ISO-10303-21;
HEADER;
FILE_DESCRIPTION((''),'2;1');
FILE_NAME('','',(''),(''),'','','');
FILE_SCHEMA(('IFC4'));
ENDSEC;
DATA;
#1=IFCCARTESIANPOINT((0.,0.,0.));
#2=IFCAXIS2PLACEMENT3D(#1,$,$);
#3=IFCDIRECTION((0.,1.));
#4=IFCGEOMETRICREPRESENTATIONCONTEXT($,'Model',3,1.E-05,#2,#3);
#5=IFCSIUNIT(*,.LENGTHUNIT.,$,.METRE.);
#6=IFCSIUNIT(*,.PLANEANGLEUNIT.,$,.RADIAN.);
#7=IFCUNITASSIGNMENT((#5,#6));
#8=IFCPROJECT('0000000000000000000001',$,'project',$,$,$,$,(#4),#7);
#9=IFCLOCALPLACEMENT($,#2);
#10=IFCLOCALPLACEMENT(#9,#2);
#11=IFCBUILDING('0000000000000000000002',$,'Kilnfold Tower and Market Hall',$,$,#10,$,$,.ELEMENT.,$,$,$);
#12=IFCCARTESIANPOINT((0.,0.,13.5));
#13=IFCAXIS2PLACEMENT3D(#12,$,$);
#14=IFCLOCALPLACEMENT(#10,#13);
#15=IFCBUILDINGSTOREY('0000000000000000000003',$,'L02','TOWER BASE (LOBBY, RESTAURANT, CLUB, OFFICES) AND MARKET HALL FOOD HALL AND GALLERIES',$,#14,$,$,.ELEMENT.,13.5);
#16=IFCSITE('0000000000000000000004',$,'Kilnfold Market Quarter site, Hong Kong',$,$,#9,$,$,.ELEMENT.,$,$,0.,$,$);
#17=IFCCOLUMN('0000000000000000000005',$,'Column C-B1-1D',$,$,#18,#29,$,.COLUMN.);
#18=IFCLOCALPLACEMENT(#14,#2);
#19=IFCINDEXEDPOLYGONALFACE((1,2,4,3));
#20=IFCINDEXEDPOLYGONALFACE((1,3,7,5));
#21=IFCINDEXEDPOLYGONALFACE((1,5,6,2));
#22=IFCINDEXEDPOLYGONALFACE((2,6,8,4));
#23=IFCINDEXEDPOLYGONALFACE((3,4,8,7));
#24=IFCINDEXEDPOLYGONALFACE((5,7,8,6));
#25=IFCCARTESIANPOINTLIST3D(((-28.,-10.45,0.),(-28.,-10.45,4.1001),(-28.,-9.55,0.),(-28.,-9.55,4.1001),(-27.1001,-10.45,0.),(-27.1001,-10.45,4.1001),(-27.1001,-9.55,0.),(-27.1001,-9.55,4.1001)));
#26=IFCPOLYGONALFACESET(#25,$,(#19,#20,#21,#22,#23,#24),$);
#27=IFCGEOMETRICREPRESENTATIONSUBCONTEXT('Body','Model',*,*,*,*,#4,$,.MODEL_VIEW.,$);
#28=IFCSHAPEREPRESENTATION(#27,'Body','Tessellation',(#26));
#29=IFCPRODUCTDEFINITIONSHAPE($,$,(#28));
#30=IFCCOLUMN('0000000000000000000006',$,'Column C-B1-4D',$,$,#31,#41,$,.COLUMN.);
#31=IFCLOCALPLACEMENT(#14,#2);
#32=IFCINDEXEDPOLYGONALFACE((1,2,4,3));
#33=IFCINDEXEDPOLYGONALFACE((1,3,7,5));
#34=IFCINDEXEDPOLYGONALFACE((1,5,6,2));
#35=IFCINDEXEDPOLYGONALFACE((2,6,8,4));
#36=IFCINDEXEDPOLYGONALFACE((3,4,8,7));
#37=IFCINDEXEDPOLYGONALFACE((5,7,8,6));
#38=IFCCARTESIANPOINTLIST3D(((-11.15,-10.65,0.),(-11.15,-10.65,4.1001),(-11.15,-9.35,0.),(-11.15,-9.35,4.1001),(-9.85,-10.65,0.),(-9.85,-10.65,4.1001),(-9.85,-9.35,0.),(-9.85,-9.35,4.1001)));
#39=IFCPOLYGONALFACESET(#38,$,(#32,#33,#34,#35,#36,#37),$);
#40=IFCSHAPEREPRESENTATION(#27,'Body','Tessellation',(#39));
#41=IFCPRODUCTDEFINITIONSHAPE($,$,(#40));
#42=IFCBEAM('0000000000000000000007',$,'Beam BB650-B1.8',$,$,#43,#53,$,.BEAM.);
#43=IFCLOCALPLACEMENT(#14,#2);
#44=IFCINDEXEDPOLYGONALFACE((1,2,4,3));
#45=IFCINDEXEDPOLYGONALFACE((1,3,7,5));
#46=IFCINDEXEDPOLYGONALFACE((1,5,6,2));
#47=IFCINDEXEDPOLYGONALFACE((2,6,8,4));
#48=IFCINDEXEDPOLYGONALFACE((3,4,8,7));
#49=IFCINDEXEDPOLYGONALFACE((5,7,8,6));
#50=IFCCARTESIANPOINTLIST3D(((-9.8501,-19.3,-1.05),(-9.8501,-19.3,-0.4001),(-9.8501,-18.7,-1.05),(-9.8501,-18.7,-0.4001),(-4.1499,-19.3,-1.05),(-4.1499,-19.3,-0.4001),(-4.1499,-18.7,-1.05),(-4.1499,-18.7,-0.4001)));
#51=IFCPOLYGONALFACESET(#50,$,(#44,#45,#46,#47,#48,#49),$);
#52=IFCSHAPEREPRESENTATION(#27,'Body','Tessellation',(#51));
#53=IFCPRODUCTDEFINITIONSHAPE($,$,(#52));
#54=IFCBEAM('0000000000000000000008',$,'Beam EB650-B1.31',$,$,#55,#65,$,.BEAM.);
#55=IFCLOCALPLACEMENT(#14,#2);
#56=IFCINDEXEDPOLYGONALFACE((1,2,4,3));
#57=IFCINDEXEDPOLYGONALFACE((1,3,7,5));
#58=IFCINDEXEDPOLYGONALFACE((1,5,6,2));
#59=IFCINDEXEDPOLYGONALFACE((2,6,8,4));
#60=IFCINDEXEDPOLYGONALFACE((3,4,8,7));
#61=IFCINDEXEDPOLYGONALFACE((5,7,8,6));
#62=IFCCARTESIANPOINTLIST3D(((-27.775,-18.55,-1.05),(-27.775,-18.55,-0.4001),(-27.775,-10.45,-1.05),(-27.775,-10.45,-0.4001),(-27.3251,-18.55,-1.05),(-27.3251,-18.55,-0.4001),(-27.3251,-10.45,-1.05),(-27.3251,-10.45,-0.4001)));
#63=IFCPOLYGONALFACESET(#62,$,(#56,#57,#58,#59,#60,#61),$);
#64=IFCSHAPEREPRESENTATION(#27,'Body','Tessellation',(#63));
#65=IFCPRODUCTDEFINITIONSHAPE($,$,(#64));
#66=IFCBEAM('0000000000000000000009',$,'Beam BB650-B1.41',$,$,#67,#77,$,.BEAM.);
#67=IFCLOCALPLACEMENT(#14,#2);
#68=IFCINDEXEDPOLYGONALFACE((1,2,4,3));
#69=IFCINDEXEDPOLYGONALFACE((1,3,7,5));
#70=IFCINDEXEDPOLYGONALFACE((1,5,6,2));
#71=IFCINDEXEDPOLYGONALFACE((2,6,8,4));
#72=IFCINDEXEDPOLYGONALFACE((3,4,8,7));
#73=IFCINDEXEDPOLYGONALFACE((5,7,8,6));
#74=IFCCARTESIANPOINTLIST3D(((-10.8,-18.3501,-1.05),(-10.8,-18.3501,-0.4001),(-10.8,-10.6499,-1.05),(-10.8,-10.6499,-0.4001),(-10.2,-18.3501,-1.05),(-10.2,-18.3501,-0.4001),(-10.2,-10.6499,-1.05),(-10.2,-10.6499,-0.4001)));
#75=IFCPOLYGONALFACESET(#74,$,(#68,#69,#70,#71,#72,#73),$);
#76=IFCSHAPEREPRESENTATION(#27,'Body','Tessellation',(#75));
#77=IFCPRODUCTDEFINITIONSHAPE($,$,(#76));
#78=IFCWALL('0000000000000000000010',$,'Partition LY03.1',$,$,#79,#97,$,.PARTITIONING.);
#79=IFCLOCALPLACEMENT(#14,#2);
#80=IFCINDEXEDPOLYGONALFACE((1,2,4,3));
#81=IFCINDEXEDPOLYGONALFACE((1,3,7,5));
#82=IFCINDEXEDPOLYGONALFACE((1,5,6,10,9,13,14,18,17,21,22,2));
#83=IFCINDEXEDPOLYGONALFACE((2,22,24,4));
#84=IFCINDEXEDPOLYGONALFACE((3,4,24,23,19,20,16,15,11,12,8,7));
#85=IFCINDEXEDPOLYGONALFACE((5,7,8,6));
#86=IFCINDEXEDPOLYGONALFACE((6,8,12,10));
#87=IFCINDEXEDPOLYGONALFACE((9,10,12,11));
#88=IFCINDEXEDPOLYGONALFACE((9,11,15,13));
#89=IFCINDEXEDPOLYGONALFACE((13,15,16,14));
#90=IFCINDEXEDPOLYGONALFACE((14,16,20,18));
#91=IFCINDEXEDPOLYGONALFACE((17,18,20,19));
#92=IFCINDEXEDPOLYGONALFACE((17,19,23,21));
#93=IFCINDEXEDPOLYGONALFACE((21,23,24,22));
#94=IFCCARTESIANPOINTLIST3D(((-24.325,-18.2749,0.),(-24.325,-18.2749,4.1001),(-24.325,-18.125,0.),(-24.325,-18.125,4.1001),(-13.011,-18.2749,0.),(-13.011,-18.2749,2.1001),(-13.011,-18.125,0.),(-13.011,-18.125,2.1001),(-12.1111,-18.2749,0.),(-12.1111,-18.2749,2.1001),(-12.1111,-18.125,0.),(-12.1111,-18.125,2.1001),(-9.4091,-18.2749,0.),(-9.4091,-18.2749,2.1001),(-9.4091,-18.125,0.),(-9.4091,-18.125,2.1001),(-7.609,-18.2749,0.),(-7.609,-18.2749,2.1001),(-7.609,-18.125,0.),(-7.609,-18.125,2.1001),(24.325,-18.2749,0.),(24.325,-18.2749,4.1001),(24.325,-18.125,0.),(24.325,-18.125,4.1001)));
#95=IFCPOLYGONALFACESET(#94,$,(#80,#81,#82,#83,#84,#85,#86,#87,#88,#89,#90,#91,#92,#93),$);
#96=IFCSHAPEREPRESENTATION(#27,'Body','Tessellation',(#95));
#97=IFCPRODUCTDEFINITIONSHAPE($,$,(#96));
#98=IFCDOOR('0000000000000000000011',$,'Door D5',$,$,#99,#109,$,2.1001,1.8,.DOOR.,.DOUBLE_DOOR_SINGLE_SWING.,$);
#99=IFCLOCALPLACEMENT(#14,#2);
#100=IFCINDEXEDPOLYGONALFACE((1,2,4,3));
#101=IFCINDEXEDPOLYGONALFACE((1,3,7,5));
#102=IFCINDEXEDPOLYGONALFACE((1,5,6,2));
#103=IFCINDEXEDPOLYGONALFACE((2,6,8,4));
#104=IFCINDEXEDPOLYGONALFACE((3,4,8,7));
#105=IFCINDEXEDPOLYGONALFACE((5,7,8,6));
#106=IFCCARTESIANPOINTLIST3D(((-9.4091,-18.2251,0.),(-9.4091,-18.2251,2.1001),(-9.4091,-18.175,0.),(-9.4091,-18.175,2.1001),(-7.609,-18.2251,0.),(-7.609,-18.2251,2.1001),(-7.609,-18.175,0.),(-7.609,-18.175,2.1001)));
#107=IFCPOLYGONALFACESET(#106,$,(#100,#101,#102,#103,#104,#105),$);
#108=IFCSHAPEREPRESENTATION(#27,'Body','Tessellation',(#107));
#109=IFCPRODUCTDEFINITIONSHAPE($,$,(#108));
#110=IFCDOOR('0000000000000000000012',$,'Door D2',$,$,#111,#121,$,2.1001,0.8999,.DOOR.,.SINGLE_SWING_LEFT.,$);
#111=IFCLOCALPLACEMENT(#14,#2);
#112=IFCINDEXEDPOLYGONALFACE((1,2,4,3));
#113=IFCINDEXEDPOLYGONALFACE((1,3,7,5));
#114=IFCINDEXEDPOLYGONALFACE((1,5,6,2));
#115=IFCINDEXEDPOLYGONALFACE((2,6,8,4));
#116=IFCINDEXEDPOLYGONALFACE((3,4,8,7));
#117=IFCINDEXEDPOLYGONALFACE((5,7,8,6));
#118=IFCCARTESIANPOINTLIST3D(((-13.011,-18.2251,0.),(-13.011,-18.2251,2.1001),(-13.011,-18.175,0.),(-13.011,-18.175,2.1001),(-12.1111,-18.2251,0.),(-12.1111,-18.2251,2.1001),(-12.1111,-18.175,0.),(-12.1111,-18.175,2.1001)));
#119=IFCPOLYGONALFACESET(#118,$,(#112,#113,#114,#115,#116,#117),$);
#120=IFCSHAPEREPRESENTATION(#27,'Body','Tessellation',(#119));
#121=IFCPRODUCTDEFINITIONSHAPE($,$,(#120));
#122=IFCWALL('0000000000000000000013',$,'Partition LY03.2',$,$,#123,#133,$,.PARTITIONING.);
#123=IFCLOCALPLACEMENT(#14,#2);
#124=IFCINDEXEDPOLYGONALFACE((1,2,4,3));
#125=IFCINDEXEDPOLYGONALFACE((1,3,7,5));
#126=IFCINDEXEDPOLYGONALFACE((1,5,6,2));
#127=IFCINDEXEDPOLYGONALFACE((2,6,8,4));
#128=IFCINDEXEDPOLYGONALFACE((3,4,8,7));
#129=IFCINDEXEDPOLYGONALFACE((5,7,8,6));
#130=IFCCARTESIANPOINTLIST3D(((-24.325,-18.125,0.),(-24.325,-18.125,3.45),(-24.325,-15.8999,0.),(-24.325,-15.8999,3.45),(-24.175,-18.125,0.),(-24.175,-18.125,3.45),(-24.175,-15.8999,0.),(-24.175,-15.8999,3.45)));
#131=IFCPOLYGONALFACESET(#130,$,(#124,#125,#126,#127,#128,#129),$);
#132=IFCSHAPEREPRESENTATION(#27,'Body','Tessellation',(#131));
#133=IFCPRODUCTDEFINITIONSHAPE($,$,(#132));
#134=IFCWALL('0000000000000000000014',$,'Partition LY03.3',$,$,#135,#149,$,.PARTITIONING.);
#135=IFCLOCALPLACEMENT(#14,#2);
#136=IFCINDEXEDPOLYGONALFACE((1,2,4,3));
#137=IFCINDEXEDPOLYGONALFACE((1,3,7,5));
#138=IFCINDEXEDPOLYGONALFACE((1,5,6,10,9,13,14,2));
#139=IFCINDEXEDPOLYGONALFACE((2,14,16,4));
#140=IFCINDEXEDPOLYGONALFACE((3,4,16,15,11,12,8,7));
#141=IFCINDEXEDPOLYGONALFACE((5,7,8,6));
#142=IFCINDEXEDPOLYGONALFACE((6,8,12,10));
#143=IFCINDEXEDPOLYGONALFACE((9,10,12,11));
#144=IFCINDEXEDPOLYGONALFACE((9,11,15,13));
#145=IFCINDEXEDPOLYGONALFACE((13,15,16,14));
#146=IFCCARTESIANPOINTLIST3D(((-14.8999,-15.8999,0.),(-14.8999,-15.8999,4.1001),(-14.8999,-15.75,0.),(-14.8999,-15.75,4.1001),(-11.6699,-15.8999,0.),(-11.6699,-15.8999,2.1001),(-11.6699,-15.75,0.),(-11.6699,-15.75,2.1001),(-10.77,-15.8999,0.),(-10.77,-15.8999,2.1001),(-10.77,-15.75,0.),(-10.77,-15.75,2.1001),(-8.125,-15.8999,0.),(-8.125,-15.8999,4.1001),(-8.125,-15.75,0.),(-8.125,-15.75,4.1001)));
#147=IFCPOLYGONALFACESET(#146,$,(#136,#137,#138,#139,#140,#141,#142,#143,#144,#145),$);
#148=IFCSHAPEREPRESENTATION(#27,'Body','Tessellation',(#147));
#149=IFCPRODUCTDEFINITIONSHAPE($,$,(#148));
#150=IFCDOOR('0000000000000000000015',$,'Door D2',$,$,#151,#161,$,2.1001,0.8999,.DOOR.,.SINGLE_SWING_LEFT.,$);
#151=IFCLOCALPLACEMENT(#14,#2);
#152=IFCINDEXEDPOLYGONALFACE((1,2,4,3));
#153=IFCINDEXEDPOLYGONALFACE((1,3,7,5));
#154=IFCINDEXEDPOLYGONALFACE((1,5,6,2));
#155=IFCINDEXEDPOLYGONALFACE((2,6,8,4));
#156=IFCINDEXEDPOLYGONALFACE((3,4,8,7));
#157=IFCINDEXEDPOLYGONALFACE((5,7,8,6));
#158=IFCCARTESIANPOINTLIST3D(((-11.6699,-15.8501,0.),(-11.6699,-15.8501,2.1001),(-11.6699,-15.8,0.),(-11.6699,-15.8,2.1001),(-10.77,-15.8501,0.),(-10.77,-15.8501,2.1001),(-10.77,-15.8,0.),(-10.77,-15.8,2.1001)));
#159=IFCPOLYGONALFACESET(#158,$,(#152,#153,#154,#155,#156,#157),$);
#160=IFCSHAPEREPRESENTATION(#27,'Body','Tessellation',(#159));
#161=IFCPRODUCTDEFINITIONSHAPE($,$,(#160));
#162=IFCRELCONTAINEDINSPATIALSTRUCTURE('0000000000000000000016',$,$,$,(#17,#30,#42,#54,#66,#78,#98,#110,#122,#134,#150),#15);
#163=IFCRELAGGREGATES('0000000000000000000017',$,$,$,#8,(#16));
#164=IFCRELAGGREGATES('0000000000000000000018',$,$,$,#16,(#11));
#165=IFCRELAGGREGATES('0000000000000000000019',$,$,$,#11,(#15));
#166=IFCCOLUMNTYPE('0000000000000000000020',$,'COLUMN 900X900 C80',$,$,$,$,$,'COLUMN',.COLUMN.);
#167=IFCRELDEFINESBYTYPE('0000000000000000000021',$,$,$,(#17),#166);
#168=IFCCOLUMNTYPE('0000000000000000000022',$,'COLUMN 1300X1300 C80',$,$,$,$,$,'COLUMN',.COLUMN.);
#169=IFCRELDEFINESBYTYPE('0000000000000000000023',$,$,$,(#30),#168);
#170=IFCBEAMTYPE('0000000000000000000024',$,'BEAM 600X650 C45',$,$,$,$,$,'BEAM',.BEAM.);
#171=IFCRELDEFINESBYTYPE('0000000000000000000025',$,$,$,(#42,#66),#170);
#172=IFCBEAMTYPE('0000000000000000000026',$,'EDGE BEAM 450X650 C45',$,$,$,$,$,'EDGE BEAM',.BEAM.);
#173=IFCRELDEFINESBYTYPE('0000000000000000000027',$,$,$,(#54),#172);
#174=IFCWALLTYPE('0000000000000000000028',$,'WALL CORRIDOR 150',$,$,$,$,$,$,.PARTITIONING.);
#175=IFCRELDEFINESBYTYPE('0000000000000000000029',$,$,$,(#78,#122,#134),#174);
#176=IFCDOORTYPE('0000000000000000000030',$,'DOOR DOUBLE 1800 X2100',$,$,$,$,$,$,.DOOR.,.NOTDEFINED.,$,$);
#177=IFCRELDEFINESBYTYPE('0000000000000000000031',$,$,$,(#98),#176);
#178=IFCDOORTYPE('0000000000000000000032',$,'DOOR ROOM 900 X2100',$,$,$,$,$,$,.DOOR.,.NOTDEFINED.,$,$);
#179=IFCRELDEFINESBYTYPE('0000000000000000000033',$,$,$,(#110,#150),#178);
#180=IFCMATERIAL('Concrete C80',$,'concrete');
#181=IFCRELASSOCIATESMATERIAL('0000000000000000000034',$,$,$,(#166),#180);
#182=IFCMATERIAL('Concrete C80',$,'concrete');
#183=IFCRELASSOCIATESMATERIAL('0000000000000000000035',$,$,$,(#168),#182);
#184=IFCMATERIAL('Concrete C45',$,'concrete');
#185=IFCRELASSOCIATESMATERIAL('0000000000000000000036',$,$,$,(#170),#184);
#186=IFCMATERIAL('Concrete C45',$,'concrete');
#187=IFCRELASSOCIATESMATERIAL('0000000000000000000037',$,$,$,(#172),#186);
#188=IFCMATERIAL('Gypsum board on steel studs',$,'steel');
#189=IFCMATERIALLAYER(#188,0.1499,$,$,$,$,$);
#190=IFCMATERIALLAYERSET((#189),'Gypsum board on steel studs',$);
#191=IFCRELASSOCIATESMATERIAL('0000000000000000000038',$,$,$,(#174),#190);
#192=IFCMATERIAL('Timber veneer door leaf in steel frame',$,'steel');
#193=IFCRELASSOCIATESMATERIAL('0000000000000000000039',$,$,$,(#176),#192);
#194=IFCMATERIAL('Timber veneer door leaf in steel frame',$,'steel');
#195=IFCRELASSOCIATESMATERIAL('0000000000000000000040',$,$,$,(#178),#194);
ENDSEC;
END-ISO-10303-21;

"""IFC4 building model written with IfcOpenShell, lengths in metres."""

from ifc_helpers import new_model, si_unit, direction, frame, frame_2d, origin, origin_2d, place, context, subcontext, project, spatial, rectangle, extrude, source, transform, mapped, material, layer, layer_set, material_profile, profile_set, type_object, element, fill, save


model = new_model("IFC4")

# Units and contexts
model_context = context("Model", 3, precision=1e-05, world=origin(), true_north=direction((0.0, 1.0)))
body_context = subcontext(model_context, "Body", "Model", "MODEL_VIEW")
ifc_project = project(units=[si_unit("LENGTHUNIT", "METRE"), si_unit("PLANEANGLEUNIT", "RADIAN")], contexts=[model_context])

# Site, building, storey
site_placement = place(None, origin())
site = spatial("IfcSite", under=ifc_project, at=site_placement, Name="Kilnfold Market Quarter site, Hong Kong", CompositionType="ELEMENT", RefElevation=0.0)
building_placement = place(site_placement, origin())
building = spatial("IfcBuilding", under=site, at=building_placement, Name="Kilnfold Tower and Market Hall", CompositionType="ELEMENT")
storey_placement = place(building_placement, frame((0.0, 0.0, 13.5)))
storey = spatial("IfcBuildingStorey", under=building, at=storey_placement, Name="L02", Description="TOWER BASE (LOBBY, RESTAURANT, CLUB, OFFICES) AND MARKET HALL FOOD HALL AND GALLERIES", CompositionType="ELEMENT", Elevation=13.5)

# Columns
ifc_material_1 = material(Name="Concrete C80", Category="concrete")
ifc_material_profile_1 = material_profile(ifc_material_1, rectangle(XDim=0.8999, YDim=0.8999, at=origin_2d()), Name="RC 900x900")
ifc_profile_set_1 = profile_set([ifc_material_profile_1], Name="Concrete C80")
column_type_1 = type_object("IfcColumnType", Name="COLUMN 900X900 C80", ElementType="COLUMN", PredefinedType="COLUMN", material=ifc_profile_set_1)
shared_shape_1 = source(origin(), body_context, "Body", "SweptSolid", [
    extrude(rectangle(XDim=0.8999, YDim=0.8999, at=origin_2d()), origin(), (0.0, 0.0, 1.0), 4.1001),
])
column_1_placement = place(storey_placement, frame((-27.55, -10.0, 0.0), z_axis=(0.0, 0.0, 1.0), x_axis=(1.0, 0.0, 0.0)))
element("IfcColumn", 1, at=column_1_placement, inside=storey, type_object=column_type_1, Name="Column C-B1-1D", PredefinedType="COLUMN", context=body_context, shape_type="MappedRepresentation", body=[
    mapped(shared_shape_1, transform((0.0, 0.0, 0.0))),
])
ifc_material_2 = material(Name="Concrete C80", Category="concrete")
ifc_material_profile_2 = material_profile(ifc_material_2, rectangle(XDim=1.3, YDim=1.3, at=origin_2d()), Name="RC 1300x1300")
ifc_profile_set_2 = profile_set([ifc_material_profile_2], Name="Concrete C80")
column_type_2 = type_object("IfcColumnType", Name="COLUMN 1300X1300 C80", ElementType="COLUMN", PredefinedType="COLUMN", material=ifc_profile_set_2)
shared_shape_2 = source(origin(), body_context, "Body", "SweptSolid", [
    extrude(rectangle(XDim=1.3, YDim=1.3, at=origin_2d()), origin(), (0.0, 0.0, 1.0), 4.1001),
])
column_2_placement = place(storey_placement, frame((-10.5, -10.0, 0.0), z_axis=(0.0, 0.0, 1.0), x_axis=(1.0, 0.0, 0.0)))
element("IfcColumn", 2, at=column_2_placement, inside=storey, type_object=column_type_2, Name="Column C-B1-4D", PredefinedType="COLUMN", context=body_context, shape_type="MappedRepresentation", body=[
    mapped(shared_shape_2, transform((0.0, 0.0, 0.0))),
])

# Beams
ifc_material_3 = material(Name="Concrete C45", Category="concrete")
ifc_material_profile_3 = material_profile(ifc_material_3, rectangle(XDim=0.6001, YDim=0.6499, at=origin_2d()), Name="RC 600x650")
ifc_profile_set_3 = profile_set([ifc_material_profile_3], Name="Concrete C45")
beam_type_1 = type_object("IfcBeamType", Name="BEAM 600X650 C45", ElementType="BEAM", PredefinedType="BEAM", material=ifc_profile_set_3)
shared_shape_3 = source(origin(), body_context, "Body", "SweptSolid", [
    extrude(rectangle(XDim=0.6001, YDim=0.6499, at=origin_2d()), origin(), (0.0, 0.0, 1.0), 5.7002),
])
beam_1_placement = place(storey_placement, frame((-9.8501, -19.0, -0.7251), z_axis=(1.0, 0.0, 0.0), x_axis=(0.0, 1.0, 0.0)))
element("IfcBeam", 3, at=beam_1_placement, inside=storey, type_object=beam_type_1, Name="Beam BB650-B1.8", PredefinedType="BEAM", context=body_context, shape_type="MappedRepresentation", body=[
    mapped(shared_shape_3, transform((0.0, 0.0, 0.0))),
])
ifc_material_4 = material(Name="Concrete C45", Category="concrete")
ifc_material_profile_4 = material_profile(ifc_material_4, rectangle(XDim=0.45, YDim=0.6499, at=origin_2d()), Name="RC 450x650")
ifc_profile_set_4 = profile_set([ifc_material_profile_4], Name="Concrete C45")
beam_type_2 = type_object("IfcBeamType", Name="EDGE BEAM 450X650 C45", ElementType="EDGE BEAM", PredefinedType="BEAM", material=ifc_profile_set_4)
shared_shape_4 = source(origin(), body_context, "Body", "SweptSolid", [
    extrude(rectangle(XDim=0.45, YDim=0.6499, at=origin_2d()), origin(), (0.0, 0.0, 1.0), 8.1001),
])
beam_2_placement = place(storey_placement, frame((-27.55, -18.55, -0.7251), z_axis=(0.0, 1.0, 0.0), x_axis=(-1.0, 0.0, 0.0)))
element("IfcBeam", 4, at=beam_2_placement, inside=storey, type_object=beam_type_2, Name="Beam EB650-B1.31", PredefinedType="BEAM", context=body_context, shape_type="MappedRepresentation", body=[
    mapped(shared_shape_4, transform((0.0, 0.0, 0.0))),
])
shared_shape_5 = source(origin(), body_context, "Body", "SweptSolid", [
    extrude(rectangle(XDim=0.6001, YDim=0.6499, at=origin_2d()), origin(), (0.0, 0.0, 1.0), 7.7002),
])
beam_3_placement = place(storey_placement, frame((-10.5, -18.3501, -0.7251), z_axis=(0.0, 1.0, 0.0), x_axis=(-1.0, 0.0, 0.0)))
element("IfcBeam", 5, at=beam_3_placement, inside=storey, type_object=beam_type_1, Name="Beam BB650-B1.41", PredefinedType="BEAM", context=body_context, shape_type="MappedRepresentation", body=[
    mapped(shared_shape_5, transform((0.0, 0.0, 0.0))),
])

# Wall, openings, doors
ifc_material_5 = material(Name="Gypsum board on steel studs", Category="steel")
ifc_layer_1 = layer(ifc_material_5, 0.1499)
ifc_layer_set_1 = layer_set([ifc_layer_1], Name="Gypsum board on steel studs")
wall_type_1 = type_object("IfcWallType", Name="WALL CORRIDOR 150", PredefinedType="PARTITIONING", material=ifc_layer_set_1)
wall_1_placement = place(storey_placement, frame((-24.325, -18.2, 0.0), z_axis=(0.0, 0.0, 1.0), x_axis=(1.0, 0.0, 0.0)))
wall_1 = element("IfcWall", 6, at=wall_1_placement, inside=storey, type_object=wall_type_1, Name="Partition LY03.1", PredefinedType="PARTITIONING", context=body_context, shape_type="SweptSolid", body=[
    extrude(rectangle(XDim=48.6499, YDim=0.1499, at=frame_2d((24.325, 0.0))), origin(), (0.0, 0.0, 1.0), 4.1001),
])
opening_1_placement = place(wall_1_placement, frame((11.314, 0.0, 0.0)))
opening_1 = element("IfcOpeningElement", 7, at=opening_1_placement, cuts=wall_1, PredefinedType="OPENING", context=body_context, shape_type="SweptSolid", body=[
    extrude(rectangle(XDim=0.8999, YDim=2.1001, at=frame_2d((0.45, 1.05))), frame((0.0, 0.085, 0.0), z_axis=(0.0, -1.0, 0.0), x_axis=(1.0, 0.0, 0.0)), (0.0, 0.0, 1.0), 0.1699),
])
opening_2_placement = place(wall_1_placement, frame((14.916, 0.0, 0.0)))
opening_2 = element("IfcOpeningElement", 8, at=opening_2_placement, cuts=wall_1, PredefinedType="OPENING", context=body_context, shape_type="SweptSolid", body=[
    extrude(rectangle(XDim=1.8, YDim=2.1001, at=frame_2d((0.8999, 1.05))), frame((0.0, 0.085, 0.0), z_axis=(0.0, -1.0, 0.0), x_axis=(1.0, 0.0, 0.0)), (0.0, 0.0, 1.0), 0.1699),
])
ifc_material_6 = material(Name="Timber veneer door leaf in steel frame", Category="steel")
door_type_1 = type_object("IfcDoorType", Name="DOOR DOUBLE 1800 X2100", OperationType="NOTDEFINED", PredefinedType="DOOR", material=ifc_material_6)
door_1_placement = place(opening_2_placement, origin())
door_1 = element("IfcDoor", 9, at=door_1_placement, inside=storey, type_object=door_type_1, Name="Door D5", OperationType="DOUBLE_DOOR_SINGLE_SWING", OverallHeight=2.1001, OverallWidth=1.8, PredefinedType="DOOR", context=body_context, shape_type="SweptSolid", body=[
    extrude(rectangle(XDim=1.8, YDim=2.1001, at=frame_2d((0.8999, 1.05))), frame((0.0, 0.0249, 0.0), z_axis=(0.0, -1.0, 0.0), x_axis=(1.0, 0.0, 0.0)), (0.0, 0.0, 1.0), 0.05),
])
fill(opening_2, door_1)
ifc_material_7 = material(Name="Timber veneer door leaf in steel frame", Category="steel")
door_type_2 = type_object("IfcDoorType", Name="DOOR ROOM 900 X2100", OperationType="NOTDEFINED", PredefinedType="DOOR", material=ifc_material_7)
door_2_placement = place(opening_1_placement, origin())
door_2 = element("IfcDoor", 10, at=door_2_placement, inside=storey, type_object=door_type_2, Name="Door D2", OperationType="SINGLE_SWING_LEFT", OverallHeight=2.1001, OverallWidth=0.8999, PredefinedType="DOOR", context=body_context, shape_type="SweptSolid", body=[
    extrude(rectangle(XDim=0.8999, YDim=2.1001, at=frame_2d((0.45, 1.05))), frame((0.0, 0.0249, 0.0), z_axis=(0.0, -1.0, 0.0), x_axis=(1.0, 0.0, 0.0)), (0.0, 0.0, 1.0), 0.05),
])
fill(opening_1, door_2)

# Wall
wall_2_placement = place(storey_placement, frame((-24.25, -15.8999, 0.0), z_axis=(0.0, 0.0, 1.0), x_axis=(0.0, -1.0, 0.0)))
element("IfcWall", 11, at=wall_2_placement, inside=storey, type_object=wall_type_1, Name="Partition LY03.2", PredefinedType="PARTITIONING", context=body_context, shape_type="SweptSolid", body=[
    extrude(rectangle(XDim=2.2251, YDim=0.1499, at=frame_2d((1.1125, 0.0))), origin(), (0.0, 0.0, 1.0), 3.45),
])

# Wall, opening, door
wall_3_placement = place(storey_placement, frame((-14.8999, -15.825, 0.0), z_axis=(0.0, 0.0, 1.0), x_axis=(1.0, 0.0, 0.0)))
wall_3 = element("IfcWall", 12, at=wall_3_placement, inside=storey, type_object=wall_type_1, Name="Partition LY03.3", PredefinedType="PARTITIONING", context=body_context, shape_type="SweptSolid", body=[
    extrude(rectangle(XDim=6.7749, YDim=0.1499, at=frame_2d((3.3875, 0.0))), origin(), (0.0, 0.0, 1.0), 4.1001),
])
opening_3_placement = place(wall_3_placement, frame((3.23, 0.0, 0.0)))
opening_3 = element("IfcOpeningElement", 13, at=opening_3_placement, cuts=wall_3, PredefinedType="OPENING", context=body_context, shape_type="SweptSolid", body=[
    extrude(rectangle(XDim=0.8999, YDim=2.1001, at=frame_2d((0.45, 1.05))), frame((0.0, 0.085, 0.0), z_axis=(0.0, -1.0, 0.0), x_axis=(1.0, 0.0, 0.0)), (0.0, 0.0, 1.0), 0.1699),
])
door_3_placement = place(opening_3_placement, origin())
door_3 = element("IfcDoor", 14, at=door_3_placement, inside=storey, type_object=door_type_2, Name="Door D2", OperationType="SINGLE_SWING_LEFT", OverallHeight=2.1001, OverallWidth=0.8999, PredefinedType="DOOR", context=body_context, shape_type="SweptSolid", body=[
    extrude(rectangle(XDim=0.8999, YDim=2.1001, at=frame_2d((0.45, 1.05))), frame((0.0, 0.0249, 0.0), z_axis=(0.0, -1.0, 0.0), x_axis=(1.0, 0.0, 0.0)), (0.0, 0.0, 1.0), 0.05),
])
fill(opening_3, door_3)

save(model, "model.ifc")
